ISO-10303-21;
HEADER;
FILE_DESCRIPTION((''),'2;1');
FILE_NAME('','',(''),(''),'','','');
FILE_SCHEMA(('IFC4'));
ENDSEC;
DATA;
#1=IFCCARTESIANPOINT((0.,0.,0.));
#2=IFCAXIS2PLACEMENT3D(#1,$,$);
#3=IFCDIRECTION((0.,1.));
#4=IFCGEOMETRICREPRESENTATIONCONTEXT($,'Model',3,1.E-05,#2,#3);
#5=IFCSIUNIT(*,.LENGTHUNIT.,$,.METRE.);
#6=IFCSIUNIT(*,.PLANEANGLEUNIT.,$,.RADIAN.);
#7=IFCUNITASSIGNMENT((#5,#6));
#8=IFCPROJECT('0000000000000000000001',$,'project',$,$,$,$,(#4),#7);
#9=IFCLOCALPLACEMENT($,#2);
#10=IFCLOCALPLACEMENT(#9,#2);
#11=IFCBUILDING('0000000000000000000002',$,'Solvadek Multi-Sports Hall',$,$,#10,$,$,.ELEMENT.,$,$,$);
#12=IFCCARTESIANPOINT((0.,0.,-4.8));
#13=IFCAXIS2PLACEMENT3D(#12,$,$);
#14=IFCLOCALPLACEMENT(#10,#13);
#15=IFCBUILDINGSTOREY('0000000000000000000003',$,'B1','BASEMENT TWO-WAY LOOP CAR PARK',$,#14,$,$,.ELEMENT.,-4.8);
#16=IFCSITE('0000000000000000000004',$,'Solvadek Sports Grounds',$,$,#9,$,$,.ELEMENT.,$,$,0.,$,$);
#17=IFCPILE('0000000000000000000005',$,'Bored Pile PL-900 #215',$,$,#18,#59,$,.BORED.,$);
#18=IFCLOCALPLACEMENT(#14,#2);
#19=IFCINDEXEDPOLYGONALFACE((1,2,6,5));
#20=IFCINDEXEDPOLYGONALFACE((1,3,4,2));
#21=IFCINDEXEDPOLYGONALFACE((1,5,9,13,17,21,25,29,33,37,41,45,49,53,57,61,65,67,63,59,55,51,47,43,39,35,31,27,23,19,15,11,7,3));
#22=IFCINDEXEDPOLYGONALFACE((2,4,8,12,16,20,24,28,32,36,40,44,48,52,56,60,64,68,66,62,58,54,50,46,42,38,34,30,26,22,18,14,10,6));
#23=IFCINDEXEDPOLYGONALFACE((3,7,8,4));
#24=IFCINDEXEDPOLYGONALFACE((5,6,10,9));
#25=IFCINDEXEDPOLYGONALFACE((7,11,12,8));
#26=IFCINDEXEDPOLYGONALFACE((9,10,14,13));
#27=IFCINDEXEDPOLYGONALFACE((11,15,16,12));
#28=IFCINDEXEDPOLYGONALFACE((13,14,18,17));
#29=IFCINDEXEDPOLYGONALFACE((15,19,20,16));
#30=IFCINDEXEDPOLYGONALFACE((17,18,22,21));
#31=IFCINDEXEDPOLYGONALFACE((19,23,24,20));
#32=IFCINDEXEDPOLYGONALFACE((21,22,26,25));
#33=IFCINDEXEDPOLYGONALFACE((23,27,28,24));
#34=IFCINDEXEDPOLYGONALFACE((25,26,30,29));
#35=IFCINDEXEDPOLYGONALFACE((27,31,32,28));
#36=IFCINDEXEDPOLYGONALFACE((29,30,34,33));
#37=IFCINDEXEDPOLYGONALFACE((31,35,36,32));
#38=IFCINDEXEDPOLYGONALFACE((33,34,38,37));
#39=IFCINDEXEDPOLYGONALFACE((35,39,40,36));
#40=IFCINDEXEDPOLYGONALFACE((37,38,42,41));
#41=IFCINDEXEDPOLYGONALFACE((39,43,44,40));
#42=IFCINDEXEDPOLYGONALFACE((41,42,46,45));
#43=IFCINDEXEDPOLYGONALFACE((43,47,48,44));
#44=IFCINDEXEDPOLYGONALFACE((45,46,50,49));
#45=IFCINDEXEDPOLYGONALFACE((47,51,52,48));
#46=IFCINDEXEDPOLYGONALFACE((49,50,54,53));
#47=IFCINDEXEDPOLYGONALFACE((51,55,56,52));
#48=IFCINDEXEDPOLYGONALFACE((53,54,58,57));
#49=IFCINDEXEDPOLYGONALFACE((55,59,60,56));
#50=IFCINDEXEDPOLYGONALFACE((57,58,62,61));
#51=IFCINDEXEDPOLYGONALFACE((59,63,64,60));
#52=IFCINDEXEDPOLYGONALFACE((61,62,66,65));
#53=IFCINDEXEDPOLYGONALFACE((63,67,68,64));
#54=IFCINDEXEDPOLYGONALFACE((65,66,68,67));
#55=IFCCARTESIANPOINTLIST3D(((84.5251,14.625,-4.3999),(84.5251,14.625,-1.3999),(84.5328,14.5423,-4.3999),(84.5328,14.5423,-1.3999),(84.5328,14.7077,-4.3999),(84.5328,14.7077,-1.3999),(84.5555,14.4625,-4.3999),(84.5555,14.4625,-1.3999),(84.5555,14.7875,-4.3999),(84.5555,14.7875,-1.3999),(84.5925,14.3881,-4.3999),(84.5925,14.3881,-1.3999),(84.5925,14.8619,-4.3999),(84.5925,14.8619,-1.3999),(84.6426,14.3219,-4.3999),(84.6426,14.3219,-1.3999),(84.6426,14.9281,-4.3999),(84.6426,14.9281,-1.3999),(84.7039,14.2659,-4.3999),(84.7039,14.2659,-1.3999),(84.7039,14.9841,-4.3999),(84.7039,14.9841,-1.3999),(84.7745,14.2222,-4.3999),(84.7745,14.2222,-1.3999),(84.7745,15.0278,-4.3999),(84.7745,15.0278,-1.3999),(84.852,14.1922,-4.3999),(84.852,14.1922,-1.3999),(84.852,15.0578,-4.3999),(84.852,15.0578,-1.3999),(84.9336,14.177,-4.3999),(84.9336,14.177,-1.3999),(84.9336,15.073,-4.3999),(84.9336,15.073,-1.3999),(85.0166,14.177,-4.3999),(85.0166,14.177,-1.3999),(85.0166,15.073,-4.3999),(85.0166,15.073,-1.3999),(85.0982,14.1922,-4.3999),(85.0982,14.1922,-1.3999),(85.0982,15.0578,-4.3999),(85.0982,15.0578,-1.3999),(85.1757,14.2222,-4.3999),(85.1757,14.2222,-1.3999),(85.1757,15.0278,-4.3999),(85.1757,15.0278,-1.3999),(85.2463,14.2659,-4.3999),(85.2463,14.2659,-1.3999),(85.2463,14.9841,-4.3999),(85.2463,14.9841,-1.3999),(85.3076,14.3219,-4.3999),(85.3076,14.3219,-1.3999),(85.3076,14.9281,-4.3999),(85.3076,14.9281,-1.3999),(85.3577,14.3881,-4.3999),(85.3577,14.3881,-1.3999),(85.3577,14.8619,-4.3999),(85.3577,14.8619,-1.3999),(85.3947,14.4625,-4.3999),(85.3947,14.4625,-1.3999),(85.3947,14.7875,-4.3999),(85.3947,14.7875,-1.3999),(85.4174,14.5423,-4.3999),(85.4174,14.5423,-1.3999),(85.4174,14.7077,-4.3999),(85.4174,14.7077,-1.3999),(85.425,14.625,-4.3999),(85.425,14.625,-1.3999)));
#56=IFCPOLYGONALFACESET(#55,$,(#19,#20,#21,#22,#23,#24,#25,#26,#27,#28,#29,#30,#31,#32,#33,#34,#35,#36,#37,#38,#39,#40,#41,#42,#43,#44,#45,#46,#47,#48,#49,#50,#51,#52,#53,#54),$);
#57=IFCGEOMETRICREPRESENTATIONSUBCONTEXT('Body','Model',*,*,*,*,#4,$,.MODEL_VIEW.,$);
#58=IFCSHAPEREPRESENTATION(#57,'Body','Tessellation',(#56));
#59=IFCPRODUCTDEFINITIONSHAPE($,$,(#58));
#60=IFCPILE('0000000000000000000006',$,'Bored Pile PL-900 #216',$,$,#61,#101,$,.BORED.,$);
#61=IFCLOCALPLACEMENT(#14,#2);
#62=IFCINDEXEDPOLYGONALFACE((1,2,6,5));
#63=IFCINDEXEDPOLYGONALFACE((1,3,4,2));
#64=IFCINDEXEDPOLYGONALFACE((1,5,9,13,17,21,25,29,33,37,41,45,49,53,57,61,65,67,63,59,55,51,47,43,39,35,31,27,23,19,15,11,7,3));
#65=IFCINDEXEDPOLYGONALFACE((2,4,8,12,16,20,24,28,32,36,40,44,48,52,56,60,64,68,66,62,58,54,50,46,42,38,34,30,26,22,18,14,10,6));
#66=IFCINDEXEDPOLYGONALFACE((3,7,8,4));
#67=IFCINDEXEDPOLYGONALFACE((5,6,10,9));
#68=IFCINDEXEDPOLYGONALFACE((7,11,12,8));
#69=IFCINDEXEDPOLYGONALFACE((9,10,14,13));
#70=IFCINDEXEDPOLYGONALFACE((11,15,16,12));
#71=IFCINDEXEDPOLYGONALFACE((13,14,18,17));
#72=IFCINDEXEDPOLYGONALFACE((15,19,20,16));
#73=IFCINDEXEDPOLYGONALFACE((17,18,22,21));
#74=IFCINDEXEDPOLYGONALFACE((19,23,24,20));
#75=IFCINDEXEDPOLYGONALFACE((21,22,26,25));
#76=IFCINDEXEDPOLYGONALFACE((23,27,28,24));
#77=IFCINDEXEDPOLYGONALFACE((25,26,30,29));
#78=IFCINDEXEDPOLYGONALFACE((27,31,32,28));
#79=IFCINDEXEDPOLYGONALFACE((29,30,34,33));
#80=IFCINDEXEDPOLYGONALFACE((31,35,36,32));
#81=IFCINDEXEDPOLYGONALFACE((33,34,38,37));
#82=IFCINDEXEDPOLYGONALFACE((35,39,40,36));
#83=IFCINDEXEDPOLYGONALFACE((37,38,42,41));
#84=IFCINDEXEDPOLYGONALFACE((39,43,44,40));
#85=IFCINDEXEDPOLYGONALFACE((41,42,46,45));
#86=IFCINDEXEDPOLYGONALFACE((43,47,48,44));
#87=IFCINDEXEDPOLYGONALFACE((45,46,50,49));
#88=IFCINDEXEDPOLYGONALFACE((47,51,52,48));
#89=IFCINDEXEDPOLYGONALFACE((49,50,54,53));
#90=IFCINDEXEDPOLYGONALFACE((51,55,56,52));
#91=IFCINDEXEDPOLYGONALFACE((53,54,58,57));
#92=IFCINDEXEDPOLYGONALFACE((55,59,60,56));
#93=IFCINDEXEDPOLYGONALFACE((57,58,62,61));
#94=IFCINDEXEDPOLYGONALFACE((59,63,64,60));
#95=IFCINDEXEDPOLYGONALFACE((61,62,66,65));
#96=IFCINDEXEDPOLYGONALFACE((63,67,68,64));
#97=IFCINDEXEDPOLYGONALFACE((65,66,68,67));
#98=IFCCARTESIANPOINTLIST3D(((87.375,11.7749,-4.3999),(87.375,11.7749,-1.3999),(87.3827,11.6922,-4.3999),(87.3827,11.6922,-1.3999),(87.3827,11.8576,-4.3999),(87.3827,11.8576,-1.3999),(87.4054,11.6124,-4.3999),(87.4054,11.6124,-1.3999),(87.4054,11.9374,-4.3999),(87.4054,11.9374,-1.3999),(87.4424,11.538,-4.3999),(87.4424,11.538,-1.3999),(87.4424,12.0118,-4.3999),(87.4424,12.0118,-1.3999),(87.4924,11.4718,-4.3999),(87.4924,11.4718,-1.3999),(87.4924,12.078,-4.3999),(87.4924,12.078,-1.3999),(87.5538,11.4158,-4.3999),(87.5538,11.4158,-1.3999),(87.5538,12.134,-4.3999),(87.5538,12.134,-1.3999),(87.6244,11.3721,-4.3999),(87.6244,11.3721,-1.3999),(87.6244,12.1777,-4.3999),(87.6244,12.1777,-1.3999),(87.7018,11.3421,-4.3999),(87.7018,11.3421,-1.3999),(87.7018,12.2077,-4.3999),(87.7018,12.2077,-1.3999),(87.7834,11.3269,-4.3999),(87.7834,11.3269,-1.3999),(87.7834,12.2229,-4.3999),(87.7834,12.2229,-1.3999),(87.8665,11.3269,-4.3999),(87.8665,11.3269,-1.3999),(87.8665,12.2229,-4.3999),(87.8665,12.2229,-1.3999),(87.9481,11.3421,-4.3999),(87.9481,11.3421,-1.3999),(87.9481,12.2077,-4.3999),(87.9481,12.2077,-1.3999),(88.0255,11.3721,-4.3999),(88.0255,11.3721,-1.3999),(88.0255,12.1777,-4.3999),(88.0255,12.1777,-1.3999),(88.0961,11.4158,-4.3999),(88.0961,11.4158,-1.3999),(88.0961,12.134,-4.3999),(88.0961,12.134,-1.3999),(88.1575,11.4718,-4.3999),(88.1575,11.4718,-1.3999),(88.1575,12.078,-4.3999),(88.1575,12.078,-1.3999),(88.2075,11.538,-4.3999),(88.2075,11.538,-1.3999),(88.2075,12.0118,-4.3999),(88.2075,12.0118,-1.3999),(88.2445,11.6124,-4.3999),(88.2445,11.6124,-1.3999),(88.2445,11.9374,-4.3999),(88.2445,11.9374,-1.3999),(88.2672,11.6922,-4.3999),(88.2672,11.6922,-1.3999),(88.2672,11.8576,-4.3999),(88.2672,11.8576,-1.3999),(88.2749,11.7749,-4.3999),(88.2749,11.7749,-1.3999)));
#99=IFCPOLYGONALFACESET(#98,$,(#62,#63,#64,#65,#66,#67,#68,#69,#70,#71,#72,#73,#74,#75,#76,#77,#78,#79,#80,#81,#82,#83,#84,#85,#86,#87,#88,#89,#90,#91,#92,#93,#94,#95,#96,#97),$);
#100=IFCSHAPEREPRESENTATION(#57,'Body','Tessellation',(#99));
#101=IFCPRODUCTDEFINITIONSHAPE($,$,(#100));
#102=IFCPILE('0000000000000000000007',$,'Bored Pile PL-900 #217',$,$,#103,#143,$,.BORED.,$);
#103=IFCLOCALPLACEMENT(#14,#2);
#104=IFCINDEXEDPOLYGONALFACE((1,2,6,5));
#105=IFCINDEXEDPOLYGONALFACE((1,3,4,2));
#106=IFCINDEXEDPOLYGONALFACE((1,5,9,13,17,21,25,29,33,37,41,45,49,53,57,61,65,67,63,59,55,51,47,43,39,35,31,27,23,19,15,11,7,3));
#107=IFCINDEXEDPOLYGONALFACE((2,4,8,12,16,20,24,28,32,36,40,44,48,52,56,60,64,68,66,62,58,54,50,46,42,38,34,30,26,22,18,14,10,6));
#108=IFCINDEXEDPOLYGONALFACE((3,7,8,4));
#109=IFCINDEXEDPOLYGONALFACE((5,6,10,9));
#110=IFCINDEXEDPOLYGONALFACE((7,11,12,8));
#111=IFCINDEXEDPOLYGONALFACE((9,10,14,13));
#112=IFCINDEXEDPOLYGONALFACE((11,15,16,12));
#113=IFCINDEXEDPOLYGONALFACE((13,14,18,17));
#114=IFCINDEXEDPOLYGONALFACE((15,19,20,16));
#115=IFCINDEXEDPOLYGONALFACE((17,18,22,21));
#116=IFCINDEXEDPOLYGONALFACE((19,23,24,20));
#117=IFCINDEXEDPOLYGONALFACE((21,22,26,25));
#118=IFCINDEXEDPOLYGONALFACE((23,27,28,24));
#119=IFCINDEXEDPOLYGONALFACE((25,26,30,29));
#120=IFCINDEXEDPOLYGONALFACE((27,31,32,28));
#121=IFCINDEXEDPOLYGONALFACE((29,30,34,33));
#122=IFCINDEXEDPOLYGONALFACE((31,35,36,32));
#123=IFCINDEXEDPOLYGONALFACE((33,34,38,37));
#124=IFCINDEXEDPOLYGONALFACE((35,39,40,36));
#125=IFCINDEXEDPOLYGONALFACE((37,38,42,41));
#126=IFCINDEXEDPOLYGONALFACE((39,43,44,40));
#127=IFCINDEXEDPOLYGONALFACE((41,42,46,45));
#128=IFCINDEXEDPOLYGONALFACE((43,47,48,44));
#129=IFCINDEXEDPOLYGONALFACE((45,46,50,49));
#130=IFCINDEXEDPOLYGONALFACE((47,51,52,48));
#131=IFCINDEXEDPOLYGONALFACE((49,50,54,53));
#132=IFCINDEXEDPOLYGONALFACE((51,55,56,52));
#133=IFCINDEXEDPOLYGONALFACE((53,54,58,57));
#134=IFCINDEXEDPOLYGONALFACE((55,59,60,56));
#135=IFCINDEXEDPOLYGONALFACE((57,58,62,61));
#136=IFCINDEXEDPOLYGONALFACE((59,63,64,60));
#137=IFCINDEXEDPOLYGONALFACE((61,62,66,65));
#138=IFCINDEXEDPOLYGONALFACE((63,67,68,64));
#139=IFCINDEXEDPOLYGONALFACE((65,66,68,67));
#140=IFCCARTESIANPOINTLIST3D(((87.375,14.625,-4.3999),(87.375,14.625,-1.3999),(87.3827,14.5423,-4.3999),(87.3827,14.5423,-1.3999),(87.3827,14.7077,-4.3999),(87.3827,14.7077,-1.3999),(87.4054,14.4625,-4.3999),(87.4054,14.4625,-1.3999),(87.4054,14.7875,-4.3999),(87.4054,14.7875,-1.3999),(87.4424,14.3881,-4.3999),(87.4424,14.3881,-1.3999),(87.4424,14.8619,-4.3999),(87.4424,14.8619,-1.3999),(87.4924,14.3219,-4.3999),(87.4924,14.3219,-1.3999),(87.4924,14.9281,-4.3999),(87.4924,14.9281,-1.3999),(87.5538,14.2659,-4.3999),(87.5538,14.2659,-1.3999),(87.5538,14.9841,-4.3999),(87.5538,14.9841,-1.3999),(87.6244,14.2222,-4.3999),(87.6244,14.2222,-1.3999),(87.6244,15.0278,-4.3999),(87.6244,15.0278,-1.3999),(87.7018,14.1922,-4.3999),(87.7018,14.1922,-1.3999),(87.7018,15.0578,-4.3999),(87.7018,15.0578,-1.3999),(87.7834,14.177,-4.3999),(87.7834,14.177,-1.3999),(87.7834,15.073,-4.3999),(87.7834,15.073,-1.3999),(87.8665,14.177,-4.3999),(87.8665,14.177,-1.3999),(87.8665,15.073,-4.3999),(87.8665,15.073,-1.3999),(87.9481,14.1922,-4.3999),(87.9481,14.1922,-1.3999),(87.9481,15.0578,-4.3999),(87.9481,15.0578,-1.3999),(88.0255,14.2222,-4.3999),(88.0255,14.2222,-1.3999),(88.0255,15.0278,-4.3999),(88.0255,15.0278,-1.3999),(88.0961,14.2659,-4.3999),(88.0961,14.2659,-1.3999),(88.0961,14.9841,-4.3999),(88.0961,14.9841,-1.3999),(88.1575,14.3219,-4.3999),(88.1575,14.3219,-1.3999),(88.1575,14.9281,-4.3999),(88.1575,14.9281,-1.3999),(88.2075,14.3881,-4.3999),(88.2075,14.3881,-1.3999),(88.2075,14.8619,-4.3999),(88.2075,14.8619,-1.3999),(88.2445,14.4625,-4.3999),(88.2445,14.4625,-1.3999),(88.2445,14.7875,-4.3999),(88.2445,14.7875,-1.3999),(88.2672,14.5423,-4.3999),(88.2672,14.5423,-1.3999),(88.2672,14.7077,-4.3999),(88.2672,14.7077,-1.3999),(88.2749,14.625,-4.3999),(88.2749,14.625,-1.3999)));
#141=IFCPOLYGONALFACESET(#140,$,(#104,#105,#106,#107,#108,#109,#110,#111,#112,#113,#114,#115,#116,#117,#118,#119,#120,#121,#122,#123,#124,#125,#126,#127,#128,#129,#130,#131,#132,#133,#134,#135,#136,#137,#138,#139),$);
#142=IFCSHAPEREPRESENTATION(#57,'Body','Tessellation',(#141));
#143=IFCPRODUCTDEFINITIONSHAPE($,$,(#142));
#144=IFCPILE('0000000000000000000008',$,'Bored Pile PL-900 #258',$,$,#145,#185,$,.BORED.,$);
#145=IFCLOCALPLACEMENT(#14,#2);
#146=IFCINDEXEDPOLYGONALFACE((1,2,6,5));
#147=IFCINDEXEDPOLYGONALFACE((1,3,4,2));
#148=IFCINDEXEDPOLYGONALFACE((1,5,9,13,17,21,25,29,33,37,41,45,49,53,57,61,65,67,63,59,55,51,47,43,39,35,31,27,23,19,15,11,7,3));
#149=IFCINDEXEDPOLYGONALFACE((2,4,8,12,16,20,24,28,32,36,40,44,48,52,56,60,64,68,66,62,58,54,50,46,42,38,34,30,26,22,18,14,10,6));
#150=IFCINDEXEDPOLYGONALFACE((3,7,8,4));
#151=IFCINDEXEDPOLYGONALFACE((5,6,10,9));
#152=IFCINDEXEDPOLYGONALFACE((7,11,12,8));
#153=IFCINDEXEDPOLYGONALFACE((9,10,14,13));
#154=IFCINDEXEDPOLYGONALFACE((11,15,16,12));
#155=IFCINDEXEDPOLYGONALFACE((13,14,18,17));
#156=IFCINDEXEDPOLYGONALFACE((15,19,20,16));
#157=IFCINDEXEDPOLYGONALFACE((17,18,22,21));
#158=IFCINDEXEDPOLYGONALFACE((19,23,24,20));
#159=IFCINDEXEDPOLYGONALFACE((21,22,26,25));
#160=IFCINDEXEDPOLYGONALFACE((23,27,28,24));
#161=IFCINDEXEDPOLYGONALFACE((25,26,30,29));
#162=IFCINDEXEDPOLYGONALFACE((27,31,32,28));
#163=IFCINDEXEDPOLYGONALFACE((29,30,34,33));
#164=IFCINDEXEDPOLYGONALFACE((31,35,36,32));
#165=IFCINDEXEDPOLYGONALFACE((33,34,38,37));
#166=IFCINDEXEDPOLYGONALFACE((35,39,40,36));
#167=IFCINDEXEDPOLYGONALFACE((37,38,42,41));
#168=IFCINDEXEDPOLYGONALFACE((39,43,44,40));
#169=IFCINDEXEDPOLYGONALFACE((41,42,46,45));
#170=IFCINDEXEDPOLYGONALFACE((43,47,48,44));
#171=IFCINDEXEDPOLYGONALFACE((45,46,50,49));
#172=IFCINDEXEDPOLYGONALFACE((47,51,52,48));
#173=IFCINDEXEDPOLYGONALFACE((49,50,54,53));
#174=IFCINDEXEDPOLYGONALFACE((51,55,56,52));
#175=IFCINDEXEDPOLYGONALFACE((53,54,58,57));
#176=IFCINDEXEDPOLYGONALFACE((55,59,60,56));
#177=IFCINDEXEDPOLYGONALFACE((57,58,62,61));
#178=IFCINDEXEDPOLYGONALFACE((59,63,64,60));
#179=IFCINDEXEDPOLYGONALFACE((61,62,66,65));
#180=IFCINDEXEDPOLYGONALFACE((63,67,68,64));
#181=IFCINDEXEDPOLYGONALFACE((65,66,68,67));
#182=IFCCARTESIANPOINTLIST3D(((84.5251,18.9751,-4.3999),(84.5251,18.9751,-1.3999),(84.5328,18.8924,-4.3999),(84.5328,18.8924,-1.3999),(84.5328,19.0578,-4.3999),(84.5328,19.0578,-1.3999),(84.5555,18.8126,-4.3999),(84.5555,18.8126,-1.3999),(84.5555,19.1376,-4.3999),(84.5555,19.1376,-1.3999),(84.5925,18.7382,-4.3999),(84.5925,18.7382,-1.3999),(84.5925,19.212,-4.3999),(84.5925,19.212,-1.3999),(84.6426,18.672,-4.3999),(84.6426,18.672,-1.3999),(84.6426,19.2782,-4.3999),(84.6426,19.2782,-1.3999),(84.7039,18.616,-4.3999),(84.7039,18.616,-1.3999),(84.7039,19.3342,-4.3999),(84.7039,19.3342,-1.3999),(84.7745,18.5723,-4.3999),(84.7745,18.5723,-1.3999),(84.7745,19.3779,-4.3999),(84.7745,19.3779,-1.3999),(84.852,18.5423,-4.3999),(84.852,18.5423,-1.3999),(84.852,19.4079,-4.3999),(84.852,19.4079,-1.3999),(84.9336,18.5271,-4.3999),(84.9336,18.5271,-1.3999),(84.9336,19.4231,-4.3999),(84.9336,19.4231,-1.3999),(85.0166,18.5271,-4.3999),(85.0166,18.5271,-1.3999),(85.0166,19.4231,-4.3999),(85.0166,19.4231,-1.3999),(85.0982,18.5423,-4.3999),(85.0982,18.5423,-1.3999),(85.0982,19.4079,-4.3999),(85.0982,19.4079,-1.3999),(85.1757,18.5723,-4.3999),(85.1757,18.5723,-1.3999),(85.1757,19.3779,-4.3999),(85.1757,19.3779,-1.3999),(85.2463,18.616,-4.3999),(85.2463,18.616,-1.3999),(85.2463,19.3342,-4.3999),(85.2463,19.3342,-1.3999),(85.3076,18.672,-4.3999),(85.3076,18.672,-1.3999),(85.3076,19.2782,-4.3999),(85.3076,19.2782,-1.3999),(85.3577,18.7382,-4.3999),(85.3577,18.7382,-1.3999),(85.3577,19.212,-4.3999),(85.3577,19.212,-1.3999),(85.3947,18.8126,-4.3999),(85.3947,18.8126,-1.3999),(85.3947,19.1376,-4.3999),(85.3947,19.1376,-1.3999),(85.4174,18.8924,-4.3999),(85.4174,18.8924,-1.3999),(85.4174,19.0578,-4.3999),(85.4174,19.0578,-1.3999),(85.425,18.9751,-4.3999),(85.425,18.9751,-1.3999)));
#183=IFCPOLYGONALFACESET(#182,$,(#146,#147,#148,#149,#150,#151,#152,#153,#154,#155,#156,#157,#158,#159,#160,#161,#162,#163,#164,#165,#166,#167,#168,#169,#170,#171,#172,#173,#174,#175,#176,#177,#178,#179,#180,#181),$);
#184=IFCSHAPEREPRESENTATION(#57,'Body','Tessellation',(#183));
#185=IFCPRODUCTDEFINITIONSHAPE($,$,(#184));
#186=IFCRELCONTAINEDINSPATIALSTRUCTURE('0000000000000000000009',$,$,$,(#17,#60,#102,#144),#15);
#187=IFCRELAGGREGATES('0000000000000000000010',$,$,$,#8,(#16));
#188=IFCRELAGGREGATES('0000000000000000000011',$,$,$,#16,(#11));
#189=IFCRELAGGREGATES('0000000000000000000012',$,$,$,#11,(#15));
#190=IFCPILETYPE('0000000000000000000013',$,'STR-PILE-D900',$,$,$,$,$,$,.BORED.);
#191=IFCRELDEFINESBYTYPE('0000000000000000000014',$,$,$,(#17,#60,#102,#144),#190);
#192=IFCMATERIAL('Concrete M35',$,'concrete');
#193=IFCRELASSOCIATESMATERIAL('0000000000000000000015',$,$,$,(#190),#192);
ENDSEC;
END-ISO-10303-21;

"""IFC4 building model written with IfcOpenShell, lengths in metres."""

from ifc_helpers import new_model, si_unit, direction, frame, origin, origin_2d, place, context, subcontext, project, spatial, circle, extrude, material, material_profile, profile_set, type_object, element, save


model = new_model("IFC4")

# Units and contexts
model_context = context("Model", 3, precision=1e-05, world=origin(), true_north=direction((0.0, 1.0)))
body_context = subcontext(model_context, "Body", "Model", "MODEL_VIEW")
ifc_project = project(units=[si_unit("LENGTHUNIT", "METRE"), si_unit("PLANEANGLEUNIT", "RADIAN")], contexts=[model_context])

# Site, building, storey
site_placement = place(None, origin())
site = spatial("IfcSite", under=ifc_project, at=site_placement, Name="Solvadek Sports Grounds", CompositionType="ELEMENT", RefElevation=0.0)
building_placement = place(site_placement, origin())
building = spatial("IfcBuilding", under=site, at=building_placement, Name="Solvadek Multi-Sports Hall", CompositionType="ELEMENT")
storey_placement = place(building_placement, frame((0.0, 0.0, -4.8)))
storey = spatial("IfcBuildingStorey", under=building, at=storey_placement, Name="B1", Description="BASEMENT TWO-WAY LOOP CAR PARK", CompositionType="ELEMENT", Elevation=-4.8)

# Piles
ifc_material_1 = material(Name="Concrete M35", Category="concrete")
ifc_material_profile_1 = material_profile(ifc_material_1, circle(Radius=0.45, at=origin_2d()), Name="BORED PILE D900")
ifc_profile_set_1 = profile_set([ifc_material_profile_1], Name="Concrete M35")
pile_type_1 = type_object("IfcPileType", Name="STR-PILE-D900", PredefinedType="BORED", material=ifc_profile_set_1)
for number, where, z_axis, x_axis, name in (
    (1, (84.9751, 14.625, -1.3999), (0.0, 0.0, -1.0), (1.0, 0.0, 0.0), "Bored Pile PL-900 #215"),
    (2, (87.825, 11.7749, -1.3999), (0.0, 0.0, -1.0), (1.0, 0.0, 0.0), "Bored Pile PL-900 #216"),
    (3, (87.825, 14.625, -1.3999), (0.0, 0.0, -1.0), (1.0, 0.0, 0.0), "Bored Pile PL-900 #217"),
    (4, (84.9751, 18.9751, -1.3999), (0.0, 0.0, -1.0), (1.0, 0.0, 0.0), "Bored Pile PL-900 #258"),
):
    element("IfcPile", number, at=place(storey_placement, frame(where, z_axis=z_axis, x_axis=x_axis)), inside=storey, type_object=pile_type_1, Name=name, PredefinedType="BORED", context=body_context, shape_type="SweptSolid", body=[
        extrude(circle(Radius=0.45, at=origin_2d()), origin(), (0.0, 0.0, 1.0), 3.0),
    ])

save(model, "model.ifc")
